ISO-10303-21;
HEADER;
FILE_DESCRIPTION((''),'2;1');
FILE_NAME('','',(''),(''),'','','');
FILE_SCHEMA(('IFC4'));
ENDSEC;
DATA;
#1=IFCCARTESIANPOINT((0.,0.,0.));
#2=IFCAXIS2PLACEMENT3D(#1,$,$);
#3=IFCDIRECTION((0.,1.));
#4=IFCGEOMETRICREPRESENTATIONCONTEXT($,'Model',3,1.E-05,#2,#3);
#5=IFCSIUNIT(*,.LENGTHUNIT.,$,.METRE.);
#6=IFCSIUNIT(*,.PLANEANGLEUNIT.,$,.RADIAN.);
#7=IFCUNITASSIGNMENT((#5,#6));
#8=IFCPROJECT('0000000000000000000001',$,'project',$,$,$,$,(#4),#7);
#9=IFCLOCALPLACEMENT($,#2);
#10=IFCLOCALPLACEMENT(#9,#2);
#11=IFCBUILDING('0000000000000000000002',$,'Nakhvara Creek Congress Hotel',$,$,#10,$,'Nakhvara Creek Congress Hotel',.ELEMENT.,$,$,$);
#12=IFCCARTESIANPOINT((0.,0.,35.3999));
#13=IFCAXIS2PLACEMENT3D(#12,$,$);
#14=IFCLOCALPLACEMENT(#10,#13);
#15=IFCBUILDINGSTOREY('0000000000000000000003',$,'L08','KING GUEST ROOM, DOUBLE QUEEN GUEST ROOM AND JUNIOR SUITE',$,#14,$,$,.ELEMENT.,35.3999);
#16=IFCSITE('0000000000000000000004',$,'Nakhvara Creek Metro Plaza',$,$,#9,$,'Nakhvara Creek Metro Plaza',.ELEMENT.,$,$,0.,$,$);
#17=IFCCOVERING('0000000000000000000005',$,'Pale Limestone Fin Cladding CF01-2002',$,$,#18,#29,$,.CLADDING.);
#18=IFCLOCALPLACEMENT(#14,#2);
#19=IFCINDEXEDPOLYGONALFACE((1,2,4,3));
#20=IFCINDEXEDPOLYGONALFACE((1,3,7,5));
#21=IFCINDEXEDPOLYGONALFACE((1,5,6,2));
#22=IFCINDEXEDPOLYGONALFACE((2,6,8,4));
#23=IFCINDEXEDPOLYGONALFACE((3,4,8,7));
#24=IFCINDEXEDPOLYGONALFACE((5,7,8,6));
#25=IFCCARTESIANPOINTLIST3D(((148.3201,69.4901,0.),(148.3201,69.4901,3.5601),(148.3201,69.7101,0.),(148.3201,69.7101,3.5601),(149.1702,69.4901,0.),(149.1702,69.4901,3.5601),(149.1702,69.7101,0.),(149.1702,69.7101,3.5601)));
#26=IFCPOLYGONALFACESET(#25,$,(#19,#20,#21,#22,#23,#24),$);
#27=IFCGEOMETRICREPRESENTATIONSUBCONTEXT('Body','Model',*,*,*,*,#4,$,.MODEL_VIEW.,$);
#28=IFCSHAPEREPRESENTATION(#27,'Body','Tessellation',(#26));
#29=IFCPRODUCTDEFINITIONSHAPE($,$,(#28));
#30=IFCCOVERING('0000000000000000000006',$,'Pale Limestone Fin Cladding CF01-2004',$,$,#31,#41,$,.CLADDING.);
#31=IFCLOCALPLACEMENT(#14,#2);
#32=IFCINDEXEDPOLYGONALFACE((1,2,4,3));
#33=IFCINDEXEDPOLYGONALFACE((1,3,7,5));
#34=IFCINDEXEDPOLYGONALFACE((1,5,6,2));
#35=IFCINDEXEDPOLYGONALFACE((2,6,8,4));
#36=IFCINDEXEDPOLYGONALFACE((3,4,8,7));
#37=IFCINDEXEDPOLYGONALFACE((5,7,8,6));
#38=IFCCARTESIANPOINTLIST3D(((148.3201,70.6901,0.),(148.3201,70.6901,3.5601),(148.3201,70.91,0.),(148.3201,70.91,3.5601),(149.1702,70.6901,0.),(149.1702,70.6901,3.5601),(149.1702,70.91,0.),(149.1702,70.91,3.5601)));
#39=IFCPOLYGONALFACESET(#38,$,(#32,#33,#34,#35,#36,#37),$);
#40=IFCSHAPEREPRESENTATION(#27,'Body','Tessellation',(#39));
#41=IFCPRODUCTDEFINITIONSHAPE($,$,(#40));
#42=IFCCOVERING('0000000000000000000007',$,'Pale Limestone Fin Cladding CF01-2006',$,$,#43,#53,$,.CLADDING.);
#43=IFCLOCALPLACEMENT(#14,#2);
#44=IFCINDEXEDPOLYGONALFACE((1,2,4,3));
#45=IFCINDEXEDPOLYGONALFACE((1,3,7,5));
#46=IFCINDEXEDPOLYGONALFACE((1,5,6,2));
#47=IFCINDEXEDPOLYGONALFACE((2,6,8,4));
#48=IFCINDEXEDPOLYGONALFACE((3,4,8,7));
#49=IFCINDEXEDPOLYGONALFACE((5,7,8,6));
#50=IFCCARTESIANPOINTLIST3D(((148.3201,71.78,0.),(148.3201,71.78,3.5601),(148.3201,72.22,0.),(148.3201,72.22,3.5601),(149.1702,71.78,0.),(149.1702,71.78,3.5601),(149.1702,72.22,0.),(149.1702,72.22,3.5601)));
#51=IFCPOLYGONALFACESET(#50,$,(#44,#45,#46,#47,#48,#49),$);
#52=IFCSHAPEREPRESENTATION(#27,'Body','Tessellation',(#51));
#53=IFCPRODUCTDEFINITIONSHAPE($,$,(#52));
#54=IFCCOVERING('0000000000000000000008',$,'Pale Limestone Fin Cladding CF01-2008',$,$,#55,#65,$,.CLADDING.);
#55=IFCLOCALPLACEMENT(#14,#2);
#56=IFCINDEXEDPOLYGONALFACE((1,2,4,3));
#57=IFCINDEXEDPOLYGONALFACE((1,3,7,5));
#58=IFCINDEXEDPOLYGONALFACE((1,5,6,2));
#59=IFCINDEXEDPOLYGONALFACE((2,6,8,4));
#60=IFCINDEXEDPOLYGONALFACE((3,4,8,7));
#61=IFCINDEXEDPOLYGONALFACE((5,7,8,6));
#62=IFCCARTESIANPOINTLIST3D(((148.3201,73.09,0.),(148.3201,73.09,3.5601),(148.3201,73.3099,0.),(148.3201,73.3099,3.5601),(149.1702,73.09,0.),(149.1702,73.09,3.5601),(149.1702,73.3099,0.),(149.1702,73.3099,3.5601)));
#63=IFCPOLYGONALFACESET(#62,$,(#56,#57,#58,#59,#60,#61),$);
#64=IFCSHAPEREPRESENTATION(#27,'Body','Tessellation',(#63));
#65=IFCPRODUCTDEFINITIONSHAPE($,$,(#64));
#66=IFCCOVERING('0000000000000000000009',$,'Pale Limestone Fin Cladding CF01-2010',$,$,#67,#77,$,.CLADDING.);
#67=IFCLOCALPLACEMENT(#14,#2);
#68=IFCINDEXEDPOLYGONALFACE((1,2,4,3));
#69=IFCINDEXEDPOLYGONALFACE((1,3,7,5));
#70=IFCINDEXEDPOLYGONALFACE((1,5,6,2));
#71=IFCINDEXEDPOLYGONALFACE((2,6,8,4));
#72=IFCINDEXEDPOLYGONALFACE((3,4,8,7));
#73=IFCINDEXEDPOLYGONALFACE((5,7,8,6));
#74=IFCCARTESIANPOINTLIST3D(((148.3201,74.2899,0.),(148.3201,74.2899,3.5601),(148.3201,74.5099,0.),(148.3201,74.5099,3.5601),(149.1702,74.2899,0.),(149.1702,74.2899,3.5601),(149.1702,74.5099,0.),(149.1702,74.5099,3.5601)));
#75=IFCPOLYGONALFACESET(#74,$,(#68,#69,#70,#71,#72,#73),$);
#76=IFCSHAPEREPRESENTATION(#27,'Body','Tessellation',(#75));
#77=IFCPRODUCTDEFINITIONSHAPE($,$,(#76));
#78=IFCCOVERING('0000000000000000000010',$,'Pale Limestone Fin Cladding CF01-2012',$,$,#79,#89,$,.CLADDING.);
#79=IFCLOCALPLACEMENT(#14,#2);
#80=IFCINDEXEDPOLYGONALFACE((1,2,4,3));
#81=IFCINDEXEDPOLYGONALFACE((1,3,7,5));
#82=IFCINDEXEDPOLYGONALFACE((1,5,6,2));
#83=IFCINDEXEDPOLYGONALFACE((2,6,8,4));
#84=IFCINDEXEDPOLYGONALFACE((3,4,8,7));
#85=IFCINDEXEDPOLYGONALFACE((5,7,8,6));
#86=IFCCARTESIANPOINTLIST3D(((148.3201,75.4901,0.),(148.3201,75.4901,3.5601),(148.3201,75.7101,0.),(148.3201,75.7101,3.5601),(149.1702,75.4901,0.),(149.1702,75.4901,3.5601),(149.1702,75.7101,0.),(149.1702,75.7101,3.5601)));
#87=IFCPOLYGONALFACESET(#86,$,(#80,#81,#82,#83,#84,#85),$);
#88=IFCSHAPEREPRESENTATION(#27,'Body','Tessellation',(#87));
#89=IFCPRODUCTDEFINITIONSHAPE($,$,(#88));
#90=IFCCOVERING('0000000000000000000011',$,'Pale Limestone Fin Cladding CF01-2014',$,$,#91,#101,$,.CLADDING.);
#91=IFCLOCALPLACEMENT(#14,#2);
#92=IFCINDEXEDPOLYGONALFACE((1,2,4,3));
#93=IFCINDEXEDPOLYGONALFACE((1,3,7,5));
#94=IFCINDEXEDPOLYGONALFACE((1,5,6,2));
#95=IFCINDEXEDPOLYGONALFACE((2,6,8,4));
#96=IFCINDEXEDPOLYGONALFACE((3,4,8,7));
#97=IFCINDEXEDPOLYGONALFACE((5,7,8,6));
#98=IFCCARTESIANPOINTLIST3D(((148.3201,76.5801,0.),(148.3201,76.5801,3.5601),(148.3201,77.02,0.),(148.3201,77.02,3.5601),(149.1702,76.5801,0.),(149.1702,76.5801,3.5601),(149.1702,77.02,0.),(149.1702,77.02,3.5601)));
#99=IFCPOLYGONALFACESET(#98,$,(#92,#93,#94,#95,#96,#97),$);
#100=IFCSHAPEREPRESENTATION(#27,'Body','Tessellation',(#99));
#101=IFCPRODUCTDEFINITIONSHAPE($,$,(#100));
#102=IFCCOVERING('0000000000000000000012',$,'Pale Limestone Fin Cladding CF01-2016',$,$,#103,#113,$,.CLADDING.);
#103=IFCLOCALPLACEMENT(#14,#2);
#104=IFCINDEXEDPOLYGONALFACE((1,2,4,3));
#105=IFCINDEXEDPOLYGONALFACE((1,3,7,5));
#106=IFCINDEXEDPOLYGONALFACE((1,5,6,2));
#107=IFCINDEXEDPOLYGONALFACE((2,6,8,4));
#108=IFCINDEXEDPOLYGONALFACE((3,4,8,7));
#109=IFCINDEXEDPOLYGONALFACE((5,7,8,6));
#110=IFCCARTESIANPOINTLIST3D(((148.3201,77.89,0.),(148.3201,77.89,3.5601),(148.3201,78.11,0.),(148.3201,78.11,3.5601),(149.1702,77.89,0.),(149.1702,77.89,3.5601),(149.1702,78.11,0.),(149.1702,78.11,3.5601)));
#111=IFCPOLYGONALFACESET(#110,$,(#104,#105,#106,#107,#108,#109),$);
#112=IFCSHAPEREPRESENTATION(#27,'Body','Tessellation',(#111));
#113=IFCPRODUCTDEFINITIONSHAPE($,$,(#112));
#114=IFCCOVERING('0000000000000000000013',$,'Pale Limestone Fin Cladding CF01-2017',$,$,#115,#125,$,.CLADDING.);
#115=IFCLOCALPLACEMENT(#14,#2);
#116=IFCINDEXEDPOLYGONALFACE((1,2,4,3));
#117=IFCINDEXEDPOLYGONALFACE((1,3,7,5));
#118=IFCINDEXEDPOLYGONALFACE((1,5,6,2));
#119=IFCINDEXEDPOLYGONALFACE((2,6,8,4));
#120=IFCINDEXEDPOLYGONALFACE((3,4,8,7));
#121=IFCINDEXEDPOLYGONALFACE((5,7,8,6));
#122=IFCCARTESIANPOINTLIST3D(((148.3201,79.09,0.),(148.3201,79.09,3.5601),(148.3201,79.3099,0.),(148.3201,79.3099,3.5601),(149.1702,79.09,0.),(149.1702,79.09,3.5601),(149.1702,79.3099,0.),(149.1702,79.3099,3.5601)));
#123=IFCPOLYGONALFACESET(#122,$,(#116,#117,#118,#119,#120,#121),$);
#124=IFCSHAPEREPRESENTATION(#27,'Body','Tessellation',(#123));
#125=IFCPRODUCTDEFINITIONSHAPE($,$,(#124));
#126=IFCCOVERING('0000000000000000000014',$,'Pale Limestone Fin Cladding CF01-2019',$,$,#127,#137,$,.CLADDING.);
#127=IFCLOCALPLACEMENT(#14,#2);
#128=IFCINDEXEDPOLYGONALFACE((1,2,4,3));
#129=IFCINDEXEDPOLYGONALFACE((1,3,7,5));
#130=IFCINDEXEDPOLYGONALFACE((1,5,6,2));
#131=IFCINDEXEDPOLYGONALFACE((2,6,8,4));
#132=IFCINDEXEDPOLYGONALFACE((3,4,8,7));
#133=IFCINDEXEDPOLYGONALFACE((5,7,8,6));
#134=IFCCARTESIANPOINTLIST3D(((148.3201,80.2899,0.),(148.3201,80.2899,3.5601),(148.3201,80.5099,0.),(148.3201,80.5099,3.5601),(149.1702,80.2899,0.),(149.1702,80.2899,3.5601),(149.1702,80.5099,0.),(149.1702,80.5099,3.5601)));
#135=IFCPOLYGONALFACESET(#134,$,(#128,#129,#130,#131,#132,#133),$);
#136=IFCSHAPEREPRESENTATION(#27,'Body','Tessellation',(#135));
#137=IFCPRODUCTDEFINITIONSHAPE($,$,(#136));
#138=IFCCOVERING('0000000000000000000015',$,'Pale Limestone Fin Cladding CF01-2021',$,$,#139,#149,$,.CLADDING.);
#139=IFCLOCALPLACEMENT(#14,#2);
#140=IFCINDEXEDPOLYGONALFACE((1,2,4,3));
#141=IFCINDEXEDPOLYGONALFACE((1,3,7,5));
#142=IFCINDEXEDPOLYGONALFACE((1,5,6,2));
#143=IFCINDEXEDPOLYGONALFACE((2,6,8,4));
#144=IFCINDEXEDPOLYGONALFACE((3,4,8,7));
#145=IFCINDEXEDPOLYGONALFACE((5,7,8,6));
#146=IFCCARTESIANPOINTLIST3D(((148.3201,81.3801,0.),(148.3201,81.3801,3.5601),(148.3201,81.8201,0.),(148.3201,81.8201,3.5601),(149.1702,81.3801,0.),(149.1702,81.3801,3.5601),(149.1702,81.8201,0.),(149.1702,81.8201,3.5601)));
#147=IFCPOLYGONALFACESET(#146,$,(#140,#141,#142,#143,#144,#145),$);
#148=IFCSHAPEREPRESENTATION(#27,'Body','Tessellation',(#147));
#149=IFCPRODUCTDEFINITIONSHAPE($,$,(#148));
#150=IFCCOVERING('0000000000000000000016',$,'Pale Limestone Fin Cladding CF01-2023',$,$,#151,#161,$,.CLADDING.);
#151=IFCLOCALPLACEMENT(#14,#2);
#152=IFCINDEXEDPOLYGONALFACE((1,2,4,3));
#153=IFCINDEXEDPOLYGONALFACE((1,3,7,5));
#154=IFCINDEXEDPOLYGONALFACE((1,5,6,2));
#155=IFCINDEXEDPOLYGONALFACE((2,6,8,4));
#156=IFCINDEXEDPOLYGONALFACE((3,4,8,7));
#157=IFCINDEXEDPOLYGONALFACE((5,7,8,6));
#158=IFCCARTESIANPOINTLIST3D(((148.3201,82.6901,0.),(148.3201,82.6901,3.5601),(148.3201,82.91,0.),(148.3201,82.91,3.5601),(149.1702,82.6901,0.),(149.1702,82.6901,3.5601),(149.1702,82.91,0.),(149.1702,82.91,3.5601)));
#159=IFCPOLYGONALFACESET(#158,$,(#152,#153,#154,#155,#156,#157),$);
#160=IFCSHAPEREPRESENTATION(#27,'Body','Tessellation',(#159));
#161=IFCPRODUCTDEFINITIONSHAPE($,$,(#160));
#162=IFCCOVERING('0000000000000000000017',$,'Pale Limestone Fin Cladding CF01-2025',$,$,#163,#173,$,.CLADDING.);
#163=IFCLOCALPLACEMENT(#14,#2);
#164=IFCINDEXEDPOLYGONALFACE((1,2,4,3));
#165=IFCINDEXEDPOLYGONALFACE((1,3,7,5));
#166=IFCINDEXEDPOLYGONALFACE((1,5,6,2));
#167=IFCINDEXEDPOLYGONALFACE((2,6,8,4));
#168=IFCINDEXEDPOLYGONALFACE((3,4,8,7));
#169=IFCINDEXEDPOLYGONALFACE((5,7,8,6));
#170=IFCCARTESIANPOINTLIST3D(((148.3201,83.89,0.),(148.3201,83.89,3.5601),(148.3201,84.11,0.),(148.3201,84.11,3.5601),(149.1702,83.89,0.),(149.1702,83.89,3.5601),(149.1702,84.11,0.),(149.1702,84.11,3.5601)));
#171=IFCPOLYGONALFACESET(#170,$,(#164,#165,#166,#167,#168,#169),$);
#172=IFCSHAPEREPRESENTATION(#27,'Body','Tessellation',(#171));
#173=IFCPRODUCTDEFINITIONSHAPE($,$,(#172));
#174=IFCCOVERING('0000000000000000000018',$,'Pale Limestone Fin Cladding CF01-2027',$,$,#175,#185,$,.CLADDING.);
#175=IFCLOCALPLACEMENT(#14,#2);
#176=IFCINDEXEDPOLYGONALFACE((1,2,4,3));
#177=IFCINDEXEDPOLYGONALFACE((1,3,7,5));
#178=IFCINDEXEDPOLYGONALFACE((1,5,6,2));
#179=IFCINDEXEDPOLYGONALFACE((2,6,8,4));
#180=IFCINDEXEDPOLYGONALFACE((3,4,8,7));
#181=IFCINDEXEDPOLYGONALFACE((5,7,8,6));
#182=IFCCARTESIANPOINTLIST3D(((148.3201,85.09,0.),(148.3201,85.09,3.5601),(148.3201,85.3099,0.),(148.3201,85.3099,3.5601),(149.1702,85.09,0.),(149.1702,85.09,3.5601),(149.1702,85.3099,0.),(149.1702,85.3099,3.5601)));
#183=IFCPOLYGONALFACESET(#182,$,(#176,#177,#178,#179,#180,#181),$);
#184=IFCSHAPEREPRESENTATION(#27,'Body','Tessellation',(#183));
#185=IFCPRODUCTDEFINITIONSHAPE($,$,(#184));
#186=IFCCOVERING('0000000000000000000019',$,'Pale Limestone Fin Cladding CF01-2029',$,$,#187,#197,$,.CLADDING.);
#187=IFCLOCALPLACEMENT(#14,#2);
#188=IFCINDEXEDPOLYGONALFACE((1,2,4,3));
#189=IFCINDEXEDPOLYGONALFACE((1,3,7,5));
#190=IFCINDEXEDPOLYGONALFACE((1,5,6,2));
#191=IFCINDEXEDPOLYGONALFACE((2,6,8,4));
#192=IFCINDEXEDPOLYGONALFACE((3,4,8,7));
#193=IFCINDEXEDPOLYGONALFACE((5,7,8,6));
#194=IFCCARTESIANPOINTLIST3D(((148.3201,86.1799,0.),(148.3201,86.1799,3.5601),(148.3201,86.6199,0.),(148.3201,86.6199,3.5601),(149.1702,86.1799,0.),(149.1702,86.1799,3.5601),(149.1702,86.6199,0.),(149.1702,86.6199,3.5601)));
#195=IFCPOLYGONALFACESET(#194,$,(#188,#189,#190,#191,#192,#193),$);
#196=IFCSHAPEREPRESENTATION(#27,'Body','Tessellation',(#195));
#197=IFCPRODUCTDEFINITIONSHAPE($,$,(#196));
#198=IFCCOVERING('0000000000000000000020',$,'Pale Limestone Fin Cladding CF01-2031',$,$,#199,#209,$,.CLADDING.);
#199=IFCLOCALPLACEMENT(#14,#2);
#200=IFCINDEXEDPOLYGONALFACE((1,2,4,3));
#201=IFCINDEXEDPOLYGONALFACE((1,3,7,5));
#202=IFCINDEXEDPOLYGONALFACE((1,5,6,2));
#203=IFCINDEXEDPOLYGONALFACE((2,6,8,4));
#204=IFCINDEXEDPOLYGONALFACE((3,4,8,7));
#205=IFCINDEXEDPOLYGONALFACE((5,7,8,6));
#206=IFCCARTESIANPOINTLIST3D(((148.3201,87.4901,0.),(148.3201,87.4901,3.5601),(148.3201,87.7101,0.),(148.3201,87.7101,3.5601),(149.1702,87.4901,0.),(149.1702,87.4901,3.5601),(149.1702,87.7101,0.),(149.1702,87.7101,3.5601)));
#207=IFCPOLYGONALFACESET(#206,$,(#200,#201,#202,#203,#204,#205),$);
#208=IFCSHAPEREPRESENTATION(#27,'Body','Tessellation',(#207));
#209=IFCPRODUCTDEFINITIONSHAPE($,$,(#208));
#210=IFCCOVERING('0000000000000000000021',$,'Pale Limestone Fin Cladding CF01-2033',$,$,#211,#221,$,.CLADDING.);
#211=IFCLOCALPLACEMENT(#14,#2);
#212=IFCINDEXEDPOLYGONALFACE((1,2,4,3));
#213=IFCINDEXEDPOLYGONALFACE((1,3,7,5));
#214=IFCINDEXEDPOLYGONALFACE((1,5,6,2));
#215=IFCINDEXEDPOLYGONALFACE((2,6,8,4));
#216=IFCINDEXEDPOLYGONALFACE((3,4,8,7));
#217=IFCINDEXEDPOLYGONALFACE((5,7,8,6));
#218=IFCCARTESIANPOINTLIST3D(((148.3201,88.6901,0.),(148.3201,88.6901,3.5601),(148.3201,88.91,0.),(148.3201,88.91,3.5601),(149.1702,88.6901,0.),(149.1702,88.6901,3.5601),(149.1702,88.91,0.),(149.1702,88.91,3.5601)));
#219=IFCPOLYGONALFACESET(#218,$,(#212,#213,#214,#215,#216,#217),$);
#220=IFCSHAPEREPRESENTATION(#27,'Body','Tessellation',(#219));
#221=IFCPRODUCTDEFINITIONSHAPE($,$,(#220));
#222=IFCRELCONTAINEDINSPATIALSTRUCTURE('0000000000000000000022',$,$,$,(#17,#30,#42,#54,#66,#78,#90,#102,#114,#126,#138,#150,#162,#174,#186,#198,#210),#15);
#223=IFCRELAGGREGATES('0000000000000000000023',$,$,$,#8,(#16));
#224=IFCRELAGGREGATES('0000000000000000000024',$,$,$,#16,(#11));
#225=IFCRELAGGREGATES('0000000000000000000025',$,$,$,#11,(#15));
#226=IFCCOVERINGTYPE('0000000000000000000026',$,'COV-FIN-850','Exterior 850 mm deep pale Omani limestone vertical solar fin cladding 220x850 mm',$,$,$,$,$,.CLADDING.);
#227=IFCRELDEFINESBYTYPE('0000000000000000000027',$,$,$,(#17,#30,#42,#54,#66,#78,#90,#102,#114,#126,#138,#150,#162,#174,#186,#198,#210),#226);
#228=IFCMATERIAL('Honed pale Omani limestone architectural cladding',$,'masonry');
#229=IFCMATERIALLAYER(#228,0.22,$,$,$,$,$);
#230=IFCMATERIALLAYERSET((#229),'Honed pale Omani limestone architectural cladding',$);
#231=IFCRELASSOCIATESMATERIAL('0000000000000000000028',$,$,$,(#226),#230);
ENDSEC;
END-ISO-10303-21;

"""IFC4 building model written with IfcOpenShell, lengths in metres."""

from ifc_helpers import new_model, si_unit, direction, frame, origin, origin_2d, place, context, subcontext, project, spatial, rectangle, extrude, material, layer, layer_set, type_object, element, save


model = new_model("IFC4")

# Units and contexts
model_context = context("Model", 3, precision=1e-05, world=origin(), true_north=direction((0.0, 1.0)))
body_context = subcontext(model_context, "Body", "Model", "MODEL_VIEW")
ifc_project = project(units=[si_unit("LENGTHUNIT", "METRE"), si_unit("PLANEANGLEUNIT", "RADIAN")], contexts=[model_context])

# Site, building, storey
site_placement = place(None, origin())
site = spatial("IfcSite", under=ifc_project, at=site_placement, Name="Nakhvara Creek Metro Plaza", LongName="Nakhvara Creek Metro Plaza", CompositionType="ELEMENT", RefElevation=0.0)
building_placement = place(site_placement, origin())
building = spatial("IfcBuilding", under=site, at=building_placement, Name="Nakhvara Creek Congress Hotel", LongName="Nakhvara Creek Congress Hotel", CompositionType="ELEMENT")
storey_placement = place(building_placement, frame((0.0, 0.0, 35.3999)))
storey = spatial("IfcBuildingStorey", under=building, at=storey_placement, Name="L08", Description="KING GUEST ROOM, DOUBLE QUEEN GUEST ROOM AND JUNIOR SUITE", CompositionType="ELEMENT", Elevation=35.3999)

# Coverings
ifc_material_1 = material(Name="Honed pale Omani limestone architectural cladding", Category="masonry")
ifc_layer = layer(ifc_material_1, 0.22)
ifc_layer_set = layer_set([ifc_layer], Name="Honed pale Omani limestone architectural cladding")
covering_type = type_object("IfcCoveringType", Name="COV-FIN-850", Description="Exterior 850 mm deep pale Omani limestone vertical solar fin cladding 220x850 mm", PredefinedType="CLADDING", material=ifc_layer_set)
for number, where, z_axis, x_axis, name in (
    (1, (148.7451, 69.6001, 0.0), (0.0, 0.0, 1.0), (0.0, 1.0, 0.0), "Pale Limestone Fin Cladding CF01-2002"),
    (2, (148.7451, 70.8, 0.0), (0.0, 0.0, 1.0), (0.0, 1.0, 0.0), "Pale Limestone Fin Cladding CF01-2004"),
):
    element("IfcCovering", number, at=place(storey_placement, frame(where, z_axis=z_axis, x_axis=x_axis)), inside=storey, type_object=covering_type, Name=name, PredefinedType="CLADDING", context=body_context, shape_type="SweptSolid", body=[
        extrude(rectangle(XDim=0.22, YDim=0.8501, at=origin_2d()), origin(), (0.0, 0.0, 1.0), 3.5601),
    ])
covering_1_placement = place(storey_placement, frame((148.7451, 72.0, 0.0), z_axis=(0.0, 0.0, 1.0), x_axis=(0.0, 1.0, 0.0)))
element("IfcCovering", 3, at=covering_1_placement, inside=storey, type_object=covering_type, Name="Pale Limestone Fin Cladding CF01-2006", PredefinedType="CLADDING", context=body_context, shape_type="SweptSolid", body=[
    extrude(rectangle(XDim=0.4399, YDim=0.8501, at=origin_2d()), origin(), (0.0, 0.0, 1.0), 3.5601),
])
for number, where, z_axis, x_axis, name in (
    (4, (148.7451, 73.2, 0.0), (0.0, 0.0, 1.0), (0.0, 1.0, 0.0), "Pale Limestone Fin Cladding CF01-2008"),
    (5, (148.7451, 74.3999, 0.0), (0.0, 0.0, 1.0), (0.0, 1.0, 0.0), "Pale Limestone Fin Cladding CF01-2010"),
    (6, (148.7451, 75.6001, 0.0), (0.0, 0.0, 1.0), (0.0, 1.0, 0.0), "Pale Limestone Fin Cladding CF01-2012"),
):
    element("IfcCovering", number, at=place(storey_placement, frame(where, z_axis=z_axis, x_axis=x_axis)), inside=storey, type_object=covering_type, Name=name, PredefinedType="CLADDING", context=body_context, shape_type="SweptSolid", body=[
        extrude(rectangle(XDim=0.22, YDim=0.8501, at=origin_2d()), origin(), (0.0, 0.0, 1.0), 3.5601),
    ])
covering_2_placement = place(storey_placement, frame((148.7451, 76.8, 0.0), z_axis=(0.0, 0.0, 1.0), x_axis=(0.0, 1.0, 0.0)))
element("IfcCovering", 7, at=covering_2_placement, inside=storey, type_object=covering_type, Name="Pale Limestone Fin Cladding CF01-2014", PredefinedType="CLADDING", context=body_context, shape_type="SweptSolid", body=[
    extrude(rectangle(XDim=0.4399, YDim=0.8501, at=origin_2d()), origin(), (0.0, 0.0, 1.0), 3.5601),
])
for number, where, z_axis, x_axis, name in (
    (8, (148.7451, 78.0, 0.0), (0.0, 0.0, 1.0), (0.0, 1.0, 0.0), "Pale Limestone Fin Cladding CF01-2016"),
    (9, (148.7451, 79.2, 0.0), (0.0, 0.0, 1.0), (0.0, 1.0, 0.0), "Pale Limestone Fin Cladding CF01-2017"),
    (10, (148.7451, 80.3999, 0.0), (0.0, 0.0, 1.0), (0.0, 1.0, 0.0), "Pale Limestone Fin Cladding CF01-2019"),
):
    element("IfcCovering", number, at=place(storey_placement, frame(where, z_axis=z_axis, x_axis=x_axis)), inside=storey, type_object=covering_type, Name=name, PredefinedType="CLADDING", context=body_context, shape_type="SweptSolid", body=[
        extrude(rectangle(XDim=0.22, YDim=0.8501, at=origin_2d()), origin(), (0.0, 0.0, 1.0), 3.5601),
    ])
covering_3_placement = place(storey_placement, frame((148.7451, 81.6001, 0.0), z_axis=(0.0, 0.0, 1.0), x_axis=(0.0, 1.0, 0.0)))
element("IfcCovering", 11, at=covering_3_placement, inside=storey, type_object=covering_type, Name="Pale Limestone Fin Cladding CF01-2021", PredefinedType="CLADDING", context=body_context, shape_type="SweptSolid", body=[
    extrude(rectangle(XDim=0.4399, YDim=0.8501, at=origin_2d()), origin(), (0.0, 0.0, 1.0), 3.5601),
])
for number, where, z_axis, x_axis, name in (
    (12, (148.7451, 82.8, 0.0), (0.0, 0.0, 1.0), (0.0, 1.0, 0.0), "Pale Limestone Fin Cladding CF01-2023"),
    (13, (148.7451, 84.0, 0.0), (0.0, 0.0, 1.0), (0.0, 1.0, 0.0), "Pale Limestone Fin Cladding CF01-2025"),
    (14, (148.7451, 85.2, 0.0), (0.0, 0.0, 1.0), (0.0, 1.0, 0.0), "Pale Limestone Fin Cladding CF01-2027"),
):
    element("IfcCovering", number, at=place(storey_placement, frame(where, z_axis=z_axis, x_axis=x_axis)), inside=storey, type_object=covering_type, Name=name, PredefinedType="CLADDING", context=body_context, shape_type="SweptSolid", body=[
        extrude(rectangle(XDim=0.22, YDim=0.8501, at=origin_2d()), origin(), (0.0, 0.0, 1.0), 3.5601),
    ])
covering_4_placement = place(storey_placement, frame((148.7451, 86.3999, 0.0), z_axis=(0.0, 0.0, 1.0), x_axis=(0.0, 1.0, 0.0)))
element("IfcCovering", 15, at=covering_4_placement, inside=storey, type_object=covering_type, Name="Pale Limestone Fin Cladding CF01-2029", PredefinedType="CLADDING", context=body_context, shape_type="SweptSolid", body=[
    extrude(rectangle(XDim=0.4399, YDim=0.8501, at=origin_2d()), origin(), (0.0, 0.0, 1.0), 3.5601),
])
for number, where, z_axis, x_axis, name in (
    (16, (148.7451, 87.6001, 0.0), (0.0, 0.0, 1.0), (0.0, 1.0, 0.0), "Pale Limestone Fin Cladding CF01-2031"),
    (17, (148.7451, 88.8, 0.0), (0.0, 0.0, 1.0), (0.0, 1.0, 0.0), "Pale Limestone Fin Cladding CF01-2033"),
):
    element("IfcCovering", number, at=place(storey_placement, frame(where, z_axis=z_axis, x_axis=x_axis)), inside=storey, type_object=covering_type, Name=name, PredefinedType="CLADDING", context=body_context, shape_type="SweptSolid", body=[
        extrude(rectangle(XDim=0.22, YDim=0.8501, at=origin_2d()), origin(), (0.0, 0.0, 1.0), 3.5601),
    ])

save(model, "model.ifc")
